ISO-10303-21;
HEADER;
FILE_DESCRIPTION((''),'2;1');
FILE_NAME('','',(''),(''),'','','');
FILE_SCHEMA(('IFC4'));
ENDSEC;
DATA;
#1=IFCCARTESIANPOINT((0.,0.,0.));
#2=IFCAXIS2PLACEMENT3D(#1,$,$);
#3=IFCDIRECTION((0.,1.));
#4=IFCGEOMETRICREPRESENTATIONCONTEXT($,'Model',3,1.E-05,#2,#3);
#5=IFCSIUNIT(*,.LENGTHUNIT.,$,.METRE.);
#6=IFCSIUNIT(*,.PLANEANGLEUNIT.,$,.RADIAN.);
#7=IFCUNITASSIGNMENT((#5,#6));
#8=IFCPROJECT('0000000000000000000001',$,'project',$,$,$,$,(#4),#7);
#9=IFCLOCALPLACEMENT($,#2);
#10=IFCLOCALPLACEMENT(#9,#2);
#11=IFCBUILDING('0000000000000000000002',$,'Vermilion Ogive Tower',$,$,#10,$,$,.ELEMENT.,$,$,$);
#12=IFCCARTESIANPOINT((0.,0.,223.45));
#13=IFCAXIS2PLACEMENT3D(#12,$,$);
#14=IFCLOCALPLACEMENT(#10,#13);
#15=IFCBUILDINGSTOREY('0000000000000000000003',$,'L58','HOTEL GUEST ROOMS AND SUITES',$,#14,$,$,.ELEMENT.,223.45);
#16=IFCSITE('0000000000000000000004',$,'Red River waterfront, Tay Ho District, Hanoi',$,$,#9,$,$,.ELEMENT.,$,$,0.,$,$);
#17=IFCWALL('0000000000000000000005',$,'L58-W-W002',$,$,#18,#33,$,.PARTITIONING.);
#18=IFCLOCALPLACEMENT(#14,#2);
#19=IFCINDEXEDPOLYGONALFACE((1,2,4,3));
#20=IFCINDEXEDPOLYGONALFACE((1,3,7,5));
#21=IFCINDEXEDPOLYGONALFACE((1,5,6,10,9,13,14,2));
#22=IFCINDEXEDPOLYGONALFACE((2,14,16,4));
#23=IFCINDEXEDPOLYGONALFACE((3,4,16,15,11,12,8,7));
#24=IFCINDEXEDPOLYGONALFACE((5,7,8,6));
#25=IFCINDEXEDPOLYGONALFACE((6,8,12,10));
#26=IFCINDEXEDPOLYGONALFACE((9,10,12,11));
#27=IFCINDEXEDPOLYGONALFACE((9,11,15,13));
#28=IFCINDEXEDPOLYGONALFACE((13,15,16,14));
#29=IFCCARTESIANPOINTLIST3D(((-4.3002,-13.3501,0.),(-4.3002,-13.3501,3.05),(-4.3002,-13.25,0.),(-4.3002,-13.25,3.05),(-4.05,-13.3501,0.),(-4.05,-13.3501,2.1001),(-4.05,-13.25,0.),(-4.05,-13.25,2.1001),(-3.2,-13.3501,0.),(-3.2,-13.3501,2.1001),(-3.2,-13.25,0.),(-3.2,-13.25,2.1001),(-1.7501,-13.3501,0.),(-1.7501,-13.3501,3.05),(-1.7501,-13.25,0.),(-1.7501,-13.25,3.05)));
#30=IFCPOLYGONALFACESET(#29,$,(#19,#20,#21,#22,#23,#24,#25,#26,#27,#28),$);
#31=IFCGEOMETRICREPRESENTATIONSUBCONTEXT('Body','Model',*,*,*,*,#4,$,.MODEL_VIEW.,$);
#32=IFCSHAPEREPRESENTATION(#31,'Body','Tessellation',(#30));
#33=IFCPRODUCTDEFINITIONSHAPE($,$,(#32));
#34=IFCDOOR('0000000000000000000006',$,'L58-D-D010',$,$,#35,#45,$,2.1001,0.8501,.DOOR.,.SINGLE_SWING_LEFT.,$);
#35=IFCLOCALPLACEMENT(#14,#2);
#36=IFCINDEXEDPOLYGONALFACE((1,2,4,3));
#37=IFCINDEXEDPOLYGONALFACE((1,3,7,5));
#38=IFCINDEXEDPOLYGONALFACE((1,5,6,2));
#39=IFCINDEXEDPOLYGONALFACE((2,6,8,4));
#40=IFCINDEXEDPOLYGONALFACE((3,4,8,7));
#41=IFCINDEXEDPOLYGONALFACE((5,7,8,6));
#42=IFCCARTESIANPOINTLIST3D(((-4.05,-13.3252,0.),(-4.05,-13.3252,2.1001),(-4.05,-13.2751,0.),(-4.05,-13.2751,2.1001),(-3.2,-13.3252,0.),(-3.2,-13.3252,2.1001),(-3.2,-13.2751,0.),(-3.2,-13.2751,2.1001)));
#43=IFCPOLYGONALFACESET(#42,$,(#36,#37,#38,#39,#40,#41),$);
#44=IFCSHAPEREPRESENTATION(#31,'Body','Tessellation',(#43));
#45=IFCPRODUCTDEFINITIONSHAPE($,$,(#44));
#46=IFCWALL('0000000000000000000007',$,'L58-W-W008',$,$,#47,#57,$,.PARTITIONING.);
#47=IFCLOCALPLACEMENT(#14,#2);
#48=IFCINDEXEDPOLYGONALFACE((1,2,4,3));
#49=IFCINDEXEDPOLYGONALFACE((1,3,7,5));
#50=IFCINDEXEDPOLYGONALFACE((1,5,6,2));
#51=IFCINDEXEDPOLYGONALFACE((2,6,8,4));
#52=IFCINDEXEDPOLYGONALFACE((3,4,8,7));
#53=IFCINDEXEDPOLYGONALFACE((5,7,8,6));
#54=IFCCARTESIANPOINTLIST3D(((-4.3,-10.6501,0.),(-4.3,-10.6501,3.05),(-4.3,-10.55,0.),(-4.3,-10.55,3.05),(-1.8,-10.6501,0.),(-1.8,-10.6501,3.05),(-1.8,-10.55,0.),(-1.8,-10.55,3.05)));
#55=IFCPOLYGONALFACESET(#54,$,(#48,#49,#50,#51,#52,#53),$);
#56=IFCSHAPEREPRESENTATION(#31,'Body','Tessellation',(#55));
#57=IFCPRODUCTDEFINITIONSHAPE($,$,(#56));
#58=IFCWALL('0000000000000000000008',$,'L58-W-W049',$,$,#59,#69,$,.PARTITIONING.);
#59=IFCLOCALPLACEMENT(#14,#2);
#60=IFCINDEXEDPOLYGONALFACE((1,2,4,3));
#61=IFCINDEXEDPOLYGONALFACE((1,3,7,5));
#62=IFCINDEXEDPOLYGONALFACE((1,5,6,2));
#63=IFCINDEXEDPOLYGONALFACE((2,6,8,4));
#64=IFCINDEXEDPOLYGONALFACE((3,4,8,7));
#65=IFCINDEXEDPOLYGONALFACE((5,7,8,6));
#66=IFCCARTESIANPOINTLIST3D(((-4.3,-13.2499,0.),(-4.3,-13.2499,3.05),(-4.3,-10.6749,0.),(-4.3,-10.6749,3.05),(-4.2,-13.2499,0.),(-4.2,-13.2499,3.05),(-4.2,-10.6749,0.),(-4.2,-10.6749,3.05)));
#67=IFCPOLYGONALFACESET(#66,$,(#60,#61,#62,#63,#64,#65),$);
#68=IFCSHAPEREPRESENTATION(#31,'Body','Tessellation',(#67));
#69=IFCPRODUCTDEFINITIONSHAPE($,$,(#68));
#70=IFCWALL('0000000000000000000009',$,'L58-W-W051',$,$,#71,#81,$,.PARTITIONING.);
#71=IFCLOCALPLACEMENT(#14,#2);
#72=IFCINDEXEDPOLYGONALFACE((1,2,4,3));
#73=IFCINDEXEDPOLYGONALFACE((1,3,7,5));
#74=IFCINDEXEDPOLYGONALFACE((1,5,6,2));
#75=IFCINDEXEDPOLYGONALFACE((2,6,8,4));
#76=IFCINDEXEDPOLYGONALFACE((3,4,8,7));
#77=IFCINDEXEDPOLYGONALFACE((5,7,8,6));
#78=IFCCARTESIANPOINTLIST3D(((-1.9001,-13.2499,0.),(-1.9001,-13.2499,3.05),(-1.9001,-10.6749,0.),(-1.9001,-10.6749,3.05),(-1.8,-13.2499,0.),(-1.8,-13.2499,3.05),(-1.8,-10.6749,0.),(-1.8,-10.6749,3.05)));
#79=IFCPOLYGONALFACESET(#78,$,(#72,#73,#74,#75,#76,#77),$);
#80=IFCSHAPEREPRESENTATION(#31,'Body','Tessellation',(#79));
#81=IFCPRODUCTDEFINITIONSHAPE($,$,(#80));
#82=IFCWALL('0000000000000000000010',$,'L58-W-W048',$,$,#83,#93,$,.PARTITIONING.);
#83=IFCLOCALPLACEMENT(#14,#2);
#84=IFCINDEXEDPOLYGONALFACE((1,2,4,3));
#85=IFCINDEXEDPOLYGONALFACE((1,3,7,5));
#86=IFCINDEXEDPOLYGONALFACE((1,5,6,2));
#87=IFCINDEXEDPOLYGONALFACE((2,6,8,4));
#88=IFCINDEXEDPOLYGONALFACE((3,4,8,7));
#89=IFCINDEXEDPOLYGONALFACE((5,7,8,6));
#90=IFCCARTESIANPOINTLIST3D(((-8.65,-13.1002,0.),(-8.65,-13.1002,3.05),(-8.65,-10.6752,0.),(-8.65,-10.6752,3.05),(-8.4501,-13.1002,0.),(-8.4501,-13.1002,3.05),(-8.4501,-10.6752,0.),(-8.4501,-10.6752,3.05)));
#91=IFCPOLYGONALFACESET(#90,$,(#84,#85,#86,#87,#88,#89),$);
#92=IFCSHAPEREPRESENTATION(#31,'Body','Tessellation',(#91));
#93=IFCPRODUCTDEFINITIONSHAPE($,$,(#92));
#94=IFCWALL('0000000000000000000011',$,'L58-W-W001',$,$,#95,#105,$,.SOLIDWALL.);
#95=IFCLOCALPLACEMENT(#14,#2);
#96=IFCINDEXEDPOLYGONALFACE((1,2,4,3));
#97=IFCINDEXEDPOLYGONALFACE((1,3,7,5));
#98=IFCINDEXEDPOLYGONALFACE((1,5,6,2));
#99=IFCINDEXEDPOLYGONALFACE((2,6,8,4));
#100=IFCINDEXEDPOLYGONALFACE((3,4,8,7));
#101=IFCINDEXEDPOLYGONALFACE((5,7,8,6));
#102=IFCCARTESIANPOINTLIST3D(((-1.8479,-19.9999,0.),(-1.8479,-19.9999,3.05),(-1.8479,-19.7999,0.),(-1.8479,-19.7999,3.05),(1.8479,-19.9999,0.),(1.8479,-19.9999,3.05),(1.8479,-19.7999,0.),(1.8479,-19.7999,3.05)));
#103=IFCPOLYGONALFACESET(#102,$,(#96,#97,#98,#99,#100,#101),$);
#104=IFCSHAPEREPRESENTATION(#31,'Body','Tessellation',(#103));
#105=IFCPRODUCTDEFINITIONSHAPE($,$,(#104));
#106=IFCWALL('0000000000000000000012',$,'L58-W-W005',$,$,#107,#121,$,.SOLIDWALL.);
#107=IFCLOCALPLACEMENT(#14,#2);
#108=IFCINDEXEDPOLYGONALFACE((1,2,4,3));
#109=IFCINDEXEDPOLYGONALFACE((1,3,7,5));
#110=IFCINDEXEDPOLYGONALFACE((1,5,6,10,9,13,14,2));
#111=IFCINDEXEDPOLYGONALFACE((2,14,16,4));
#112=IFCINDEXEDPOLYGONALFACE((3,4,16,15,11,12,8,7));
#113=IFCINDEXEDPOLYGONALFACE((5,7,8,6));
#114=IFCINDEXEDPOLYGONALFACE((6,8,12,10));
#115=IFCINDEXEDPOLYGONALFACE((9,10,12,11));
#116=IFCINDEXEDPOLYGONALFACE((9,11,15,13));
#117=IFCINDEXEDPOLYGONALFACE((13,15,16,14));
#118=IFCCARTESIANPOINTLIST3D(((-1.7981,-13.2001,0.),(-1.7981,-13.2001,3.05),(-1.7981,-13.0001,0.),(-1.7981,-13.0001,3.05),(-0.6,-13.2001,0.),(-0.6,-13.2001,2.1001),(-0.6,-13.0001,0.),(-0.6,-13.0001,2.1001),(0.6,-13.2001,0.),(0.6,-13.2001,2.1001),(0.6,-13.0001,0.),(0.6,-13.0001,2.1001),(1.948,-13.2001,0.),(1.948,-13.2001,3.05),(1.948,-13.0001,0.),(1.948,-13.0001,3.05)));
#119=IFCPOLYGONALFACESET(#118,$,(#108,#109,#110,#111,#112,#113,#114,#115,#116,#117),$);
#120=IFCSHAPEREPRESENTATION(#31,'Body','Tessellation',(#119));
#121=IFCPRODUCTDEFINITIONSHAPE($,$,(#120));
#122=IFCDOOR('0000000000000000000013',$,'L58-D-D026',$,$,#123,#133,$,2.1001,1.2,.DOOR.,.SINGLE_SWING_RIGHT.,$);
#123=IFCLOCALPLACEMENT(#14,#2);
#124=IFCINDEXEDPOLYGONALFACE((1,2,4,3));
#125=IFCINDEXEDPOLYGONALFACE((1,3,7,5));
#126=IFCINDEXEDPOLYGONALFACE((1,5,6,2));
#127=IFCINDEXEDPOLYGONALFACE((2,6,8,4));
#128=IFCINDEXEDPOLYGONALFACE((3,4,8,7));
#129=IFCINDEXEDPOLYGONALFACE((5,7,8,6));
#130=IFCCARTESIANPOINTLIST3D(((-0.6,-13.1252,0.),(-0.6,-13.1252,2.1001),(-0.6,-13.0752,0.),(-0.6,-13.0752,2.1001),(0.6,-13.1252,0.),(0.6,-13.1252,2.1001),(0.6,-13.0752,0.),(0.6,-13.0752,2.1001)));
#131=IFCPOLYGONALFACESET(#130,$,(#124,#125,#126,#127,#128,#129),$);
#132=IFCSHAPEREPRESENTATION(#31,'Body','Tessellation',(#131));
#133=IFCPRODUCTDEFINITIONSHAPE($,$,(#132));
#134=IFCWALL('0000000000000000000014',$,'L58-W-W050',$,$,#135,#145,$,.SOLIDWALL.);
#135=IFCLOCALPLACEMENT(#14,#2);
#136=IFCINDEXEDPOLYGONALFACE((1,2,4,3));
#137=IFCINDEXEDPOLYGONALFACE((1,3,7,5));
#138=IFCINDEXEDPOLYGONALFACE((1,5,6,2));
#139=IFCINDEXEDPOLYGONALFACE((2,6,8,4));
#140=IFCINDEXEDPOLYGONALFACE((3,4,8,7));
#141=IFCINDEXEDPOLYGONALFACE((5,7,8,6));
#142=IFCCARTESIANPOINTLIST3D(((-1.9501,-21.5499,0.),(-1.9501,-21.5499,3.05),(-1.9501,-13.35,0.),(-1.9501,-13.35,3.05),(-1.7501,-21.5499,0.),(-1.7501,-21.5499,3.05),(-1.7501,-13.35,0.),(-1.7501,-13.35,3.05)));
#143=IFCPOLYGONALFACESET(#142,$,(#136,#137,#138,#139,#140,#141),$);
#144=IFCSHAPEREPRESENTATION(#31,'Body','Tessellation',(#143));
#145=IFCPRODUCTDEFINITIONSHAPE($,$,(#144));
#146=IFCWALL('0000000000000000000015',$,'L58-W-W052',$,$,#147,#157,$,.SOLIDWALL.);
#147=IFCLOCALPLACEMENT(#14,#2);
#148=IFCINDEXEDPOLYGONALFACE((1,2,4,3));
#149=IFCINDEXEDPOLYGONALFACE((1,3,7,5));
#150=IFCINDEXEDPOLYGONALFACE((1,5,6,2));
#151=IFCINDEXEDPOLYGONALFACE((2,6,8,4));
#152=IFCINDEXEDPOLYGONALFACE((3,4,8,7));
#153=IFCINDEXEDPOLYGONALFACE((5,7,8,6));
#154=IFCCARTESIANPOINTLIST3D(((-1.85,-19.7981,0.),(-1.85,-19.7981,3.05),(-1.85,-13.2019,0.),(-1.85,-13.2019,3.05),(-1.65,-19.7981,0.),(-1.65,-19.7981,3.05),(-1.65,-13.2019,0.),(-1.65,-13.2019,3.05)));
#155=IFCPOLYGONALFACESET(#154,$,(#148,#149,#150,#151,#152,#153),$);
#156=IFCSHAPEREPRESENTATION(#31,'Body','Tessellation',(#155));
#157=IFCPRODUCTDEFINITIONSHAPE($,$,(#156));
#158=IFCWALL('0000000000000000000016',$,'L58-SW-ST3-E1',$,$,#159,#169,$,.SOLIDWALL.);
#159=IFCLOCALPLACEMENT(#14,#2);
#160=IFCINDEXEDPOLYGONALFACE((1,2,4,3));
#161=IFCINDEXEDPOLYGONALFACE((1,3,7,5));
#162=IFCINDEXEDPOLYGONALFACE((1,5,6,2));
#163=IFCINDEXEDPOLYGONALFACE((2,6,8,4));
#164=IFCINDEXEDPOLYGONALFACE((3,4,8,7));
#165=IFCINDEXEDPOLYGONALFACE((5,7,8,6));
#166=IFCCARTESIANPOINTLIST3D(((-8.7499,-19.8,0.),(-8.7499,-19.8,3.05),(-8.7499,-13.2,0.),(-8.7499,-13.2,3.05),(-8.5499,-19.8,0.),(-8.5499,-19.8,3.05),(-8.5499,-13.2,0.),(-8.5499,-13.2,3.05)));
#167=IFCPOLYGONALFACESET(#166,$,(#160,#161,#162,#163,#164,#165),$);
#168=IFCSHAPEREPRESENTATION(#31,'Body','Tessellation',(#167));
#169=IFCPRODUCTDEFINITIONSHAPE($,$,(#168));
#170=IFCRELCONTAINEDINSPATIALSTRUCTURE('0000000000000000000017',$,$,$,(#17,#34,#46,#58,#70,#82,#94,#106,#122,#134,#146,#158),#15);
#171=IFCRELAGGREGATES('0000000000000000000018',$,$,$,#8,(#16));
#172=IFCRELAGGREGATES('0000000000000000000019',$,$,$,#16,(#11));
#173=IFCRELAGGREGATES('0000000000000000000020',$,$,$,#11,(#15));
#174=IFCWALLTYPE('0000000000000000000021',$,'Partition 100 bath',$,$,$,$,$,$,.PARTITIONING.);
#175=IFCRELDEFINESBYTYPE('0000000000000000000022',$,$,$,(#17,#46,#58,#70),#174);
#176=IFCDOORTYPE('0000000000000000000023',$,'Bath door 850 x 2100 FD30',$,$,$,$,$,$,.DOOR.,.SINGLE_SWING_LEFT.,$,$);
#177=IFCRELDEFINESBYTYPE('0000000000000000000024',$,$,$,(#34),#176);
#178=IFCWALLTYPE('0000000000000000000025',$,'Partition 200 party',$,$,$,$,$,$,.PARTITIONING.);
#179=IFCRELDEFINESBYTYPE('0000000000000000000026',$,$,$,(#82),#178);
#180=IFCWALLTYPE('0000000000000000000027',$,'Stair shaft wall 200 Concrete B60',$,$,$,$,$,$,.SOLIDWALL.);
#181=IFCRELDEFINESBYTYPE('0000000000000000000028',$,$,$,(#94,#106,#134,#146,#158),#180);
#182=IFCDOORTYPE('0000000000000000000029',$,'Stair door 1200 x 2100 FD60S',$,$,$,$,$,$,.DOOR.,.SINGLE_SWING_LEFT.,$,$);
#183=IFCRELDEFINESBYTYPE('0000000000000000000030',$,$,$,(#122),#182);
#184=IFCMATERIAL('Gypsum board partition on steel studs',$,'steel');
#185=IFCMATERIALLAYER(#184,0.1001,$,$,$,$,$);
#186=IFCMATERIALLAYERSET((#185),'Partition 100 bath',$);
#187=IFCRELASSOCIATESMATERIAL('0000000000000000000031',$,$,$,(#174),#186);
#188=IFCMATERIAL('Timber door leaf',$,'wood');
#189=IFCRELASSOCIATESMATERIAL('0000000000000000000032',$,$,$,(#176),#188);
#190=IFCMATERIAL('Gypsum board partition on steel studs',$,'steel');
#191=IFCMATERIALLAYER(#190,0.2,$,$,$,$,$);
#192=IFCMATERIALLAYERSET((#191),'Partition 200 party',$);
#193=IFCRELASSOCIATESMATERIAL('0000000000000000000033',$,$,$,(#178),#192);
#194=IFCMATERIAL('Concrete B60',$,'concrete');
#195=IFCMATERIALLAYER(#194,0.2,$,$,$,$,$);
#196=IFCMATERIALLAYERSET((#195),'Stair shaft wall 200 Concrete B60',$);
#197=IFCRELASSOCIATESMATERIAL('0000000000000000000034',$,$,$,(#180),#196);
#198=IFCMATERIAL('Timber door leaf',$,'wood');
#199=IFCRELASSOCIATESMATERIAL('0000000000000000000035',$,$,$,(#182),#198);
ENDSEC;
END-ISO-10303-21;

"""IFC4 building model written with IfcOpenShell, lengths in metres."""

from ifc_helpers import new_model, si_unit, direction, frame, frame_2d, origin, place, context, subcontext, project, spatial, rectangle, extrude, material, layer, layer_set, type_object, element, fill, save


model = new_model("IFC4")

# Units and contexts
model_context = context("Model", 3, precision=1e-05, world=origin(), true_north=direction((0.0, 1.0)))
body_context = subcontext(model_context, "Body", "Model", "MODEL_VIEW")
ifc_project = project(units=[si_unit("LENGTHUNIT", "METRE"), si_unit("PLANEANGLEUNIT", "RADIAN")], contexts=[model_context])

# Site, building, storey
site_placement = place(None, origin())
site = spatial("IfcSite", under=ifc_project, at=site_placement, Name="Red River waterfront, Tay Ho District, Hanoi", CompositionType="ELEMENT", RefElevation=0.0)
building_placement = place(site_placement, origin())
building = spatial("IfcBuilding", under=site, at=building_placement, Name="Vermilion Ogive Tower", CompositionType="ELEMENT")
storey_placement = place(building_placement, frame((0.0, 0.0, 223.45)))
storey = spatial("IfcBuildingStorey", under=building, at=storey_placement, Name="L58", Description="HOTEL GUEST ROOMS AND SUITES", CompositionType="ELEMENT", Elevation=223.45)

# Wall, opening, door
ifc_material_1 = material(Name="Gypsum board partition on steel studs", Category="steel")
ifc_layer_1 = layer(ifc_material_1, 0.1001)
ifc_layer_set_1 = layer_set([ifc_layer_1], Name="Partition 100 bath")
wall_type_1 = type_object("IfcWallType", Name="Partition 100 bath", PredefinedType="PARTITIONING", material=ifc_layer_set_1)
wall_1_placement = place(storey_placement, frame((-4.3, -13.3, 0.0), z_axis=(0.0, 0.0, 1.0), x_axis=(1.0, 0.0, 0.0)))
wall_1 = element("IfcWall", 1, at=wall_1_placement, inside=storey, type_object=wall_type_1, Name="L58-W-W002", PredefinedType="PARTITIONING", context=body_context, shape_type="SweptSolid", body=[
    extrude(rectangle(XDim=2.55, YDim=0.1001, at=frame_2d((1.2749, 0.0))), origin(), (0.0, 0.0, 1.0), 3.05),
])
opening_1_placement = place(wall_1_placement, frame((0.25, 0.0, 0.0)))
opening_1 = element("IfcOpeningElement", 2, at=opening_1_placement, cuts=wall_1, PredefinedType="OPENING", context=body_context, shape_type="SweptSolid", body=[
    extrude(rectangle(XDim=0.8501, YDim=2.1001, at=frame_2d((0.425, 1.05))), frame((0.0, 0.0601, 0.0), z_axis=(0.0, -1.0, 0.0), x_axis=(1.0, 0.0, 0.0)), (0.0, 0.0, 1.0), 0.1201),
])
ifc_material_2 = material(Name="Timber door leaf", Category="wood")
door_type_1 = type_object("IfcDoorType", Name="Bath door 850 x 2100 FD30", OperationType="SINGLE_SWING_LEFT", PredefinedType="DOOR", material=ifc_material_2)
door_1_placement = place(opening_1_placement, origin())
door_1 = element("IfcDoor", 3, at=door_1_placement, inside=storey, type_object=door_type_1, Name="L58-D-D010", OperationType="SINGLE_SWING_LEFT", OverallHeight=2.1001, OverallWidth=0.8501, PredefinedType="DOOR", context=body_context, shape_type="SweptSolid", body=[
    extrude(rectangle(XDim=0.8501, YDim=2.1001, at=frame_2d((0.425, 1.05))), frame((0.0, 0.0249, 0.0), z_axis=(0.0, -1.0, 0.0), x_axis=(1.0, 0.0, 0.0)), (0.0, 0.0, 1.0), 0.05),
])
fill(opening_1, door_1)

# Walls
wall_2_placement = place(storey_placement, frame((-4.3, -10.6001, 0.0), z_axis=(0.0, 0.0, 1.0), x_axis=(1.0, 0.0, 0.0)))
element("IfcWall", 4, at=wall_2_placement, inside=storey, type_object=wall_type_1, Name="L58-W-W008", PredefinedType="PARTITIONING", context=body_context, shape_type="SweptSolid", body=[
    extrude(rectangle(XDim=2.5, YDim=0.1001, at=frame_2d((1.25, 0.0))), origin(), (0.0, 0.0, 1.0), 3.05),
])
for number, where, z_axis, x_axis, name in (
    (5, (-4.25, -13.25, 0.0), (0.0, 0.0, 1.0), (0.0, 1.0, 0.0), "L58-W-W049"),
    (6, (-1.8501, -13.25, 0.0), (0.0, 0.0, 1.0), (0.0, 1.0, 0.0), "L58-W-W051"),
):
    element("IfcWall", number, at=place(storey_placement, frame(where, z_axis=z_axis, x_axis=x_axis)), inside=storey, type_object=wall_type_1, Name=name, PredefinedType="PARTITIONING", context=body_context, shape_type="SweptSolid", body=[
        extrude(rectangle(XDim=2.575, YDim=0.1001, at=frame_2d((1.2876, 0.0))), origin(), (0.0, 0.0, 1.0), 3.05),
    ])
ifc_material_3 = material(Name="Gypsum board partition on steel studs", Category="steel")
ifc_layer_2 = layer(ifc_material_3, 0.2)
ifc_layer_set_2 = layer_set([ifc_layer_2], Name="Partition 200 party")
wall_type_2 = type_object("IfcWallType", Name="Partition 200 party", PredefinedType="PARTITIONING", material=ifc_layer_set_2)
wall_3_placement = place(storey_placement, frame((-8.55, -13.1001, 0.0), z_axis=(0.0, 0.0, 1.0), x_axis=(0.0, 1.0, 0.0)))
element("IfcWall", 7, at=wall_3_placement, inside=storey, type_object=wall_type_2, Name="L58-W-W048", PredefinedType="PARTITIONING", context=body_context, shape_type="SweptSolid", body=[
    extrude(rectangle(XDim=2.425, YDim=0.2, at=frame_2d((1.2124, 0.0))), origin(), (0.0, 0.0, 1.0), 3.05),
])
ifc_material_4 = material(Name="Concrete B60", Category="concrete")
ifc_layer_3 = layer(ifc_material_4, 0.2)
ifc_layer_set_3 = layer_set([ifc_layer_3], Name="Stair shaft wall 200 Concrete B60")
wall_type_3 = type_object("IfcWallType", Name="Stair shaft wall 200 Concrete B60", PredefinedType="SOLIDWALL", material=ifc_layer_set_3)
wall_4_placement = place(storey_placement, frame((-1.8479, -19.8999, 0.0), z_axis=(0.0, 0.0, 1.0), x_axis=(1.0, 0.0, 0.0)))
element("IfcWall", 8, at=wall_4_placement, inside=storey, type_object=wall_type_3, Name="L58-W-W001", PredefinedType="SOLIDWALL", context=body_context, shape_type="SweptSolid", body=[
    extrude(rectangle(XDim=3.6958, YDim=0.2, at=frame_2d((1.8479, 0.0))), origin(), (0.0, 0.0, 1.0), 3.05),
])

# Wall, opening, door
wall_5_placement = place(storey_placement, frame((-1.7981, -13.1001, 0.0), z_axis=(0.0, 0.0, 1.0), x_axis=(1.0, 0.0, 0.0)))
wall_5 = element("IfcWall", 9, at=wall_5_placement, inside=storey, type_object=wall_type_3, Name="L58-W-W005", PredefinedType="SOLIDWALL", context=body_context, shape_type="SweptSolid", body=[
    extrude(rectangle(XDim=3.7461, YDim=0.2, at=frame_2d((1.873, 0.0))), origin(), (0.0, 0.0, 1.0), 3.05),
])
opening_2_placement = place(wall_5_placement, frame((1.198, 0.0, 0.0)))
opening_2 = element("IfcOpeningElement", 10, at=opening_2_placement, cuts=wall_5, PredefinedType="OPENING", context=body_context, shape_type="SweptSolid", body=[
    extrude(rectangle(XDim=1.2, YDim=2.1001, at=frame_2d((0.6001, 1.05))), frame((0.0, 0.1099, 0.0), z_axis=(0.0, -1.0, 0.0), x_axis=(1.0, 0.0, 0.0)), (0.0, 0.0, 1.0), 0.22),
])
ifc_material_5 = material(Name="Timber door leaf", Category="wood")
door_type_2 = type_object("IfcDoorType", Name="Stair door 1200 x 2100 FD60S", OperationType="SINGLE_SWING_LEFT", PredefinedType="DOOR", material=ifc_material_5)
door_2_placement = place(opening_2_placement, origin())
door_2 = element("IfcDoor", 11, at=door_2_placement, inside=storey, type_object=door_type_2, Name="L58-D-D026", OperationType="SINGLE_SWING_RIGHT", OverallHeight=2.1001, OverallWidth=1.2, PredefinedType="DOOR", context=body_context, shape_type="SweptSolid", body=[
    extrude(rectangle(XDim=1.2, YDim=2.1001, at=frame_2d((0.6001, 1.05))), frame((0.0, 0.0249, 0.0), z_axis=(0.0, -1.0, 0.0), x_axis=(1.0, 0.0, 0.0)), (0.0, 0.0, 1.0), 0.05),
])
fill(opening_2, door_2)

# Walls
wall_6_placement = place(storey_placement, frame((-1.8501, -21.55, 0.0), z_axis=(0.0, 0.0, 1.0), x_axis=(0.0, 1.0, 0.0)))
element("IfcWall", 12, at=wall_6_placement, inside=storey, type_object=wall_type_3, Name="L58-W-W050", PredefinedType="SOLIDWALL", context=body_context, shape_type="SweptSolid", body=[
    extrude(rectangle(XDim=8.2, YDim=0.2, at=frame_2d((4.1001, 0.0))), origin(), (0.0, 0.0, 1.0), 3.05),
])
wall_7_placement = place(storey_placement, frame((-1.75, -19.7981, 0.0), z_axis=(0.0, 0.0, 1.0), x_axis=(0.0, 1.0, 0.0)))
element("IfcWall", 13, at=wall_7_placement, inside=storey, type_object=wall_type_3, Name="L58-W-W052", PredefinedType="SOLIDWALL", context=body_context, shape_type="SweptSolid", body=[
    extrude(rectangle(XDim=6.5962, YDim=0.2, at=frame_2d((3.2981, 0.0))), origin(), (0.0, 0.0, 1.0), 3.05),
])
wall_8_placement = place(storey_placement, frame((-8.6499, -19.8, 0.0), z_axis=(0.0, 0.0, 1.0), x_axis=(0.0, 1.0, 0.0)))
element("IfcWall", 14, at=wall_8_placement, inside=storey, type_object=wall_type_3, Name="L58-SW-ST3-E1", PredefinedType="SOLIDWALL", context=body_context, shape_type="SweptSolid", body=[
    extrude(rectangle(XDim=6.6001, YDim=0.2, at=frame_2d((3.3, 0.0))), origin(), (0.0, 0.0, 1.0), 3.05),
])

save(model, "model.ifc")
